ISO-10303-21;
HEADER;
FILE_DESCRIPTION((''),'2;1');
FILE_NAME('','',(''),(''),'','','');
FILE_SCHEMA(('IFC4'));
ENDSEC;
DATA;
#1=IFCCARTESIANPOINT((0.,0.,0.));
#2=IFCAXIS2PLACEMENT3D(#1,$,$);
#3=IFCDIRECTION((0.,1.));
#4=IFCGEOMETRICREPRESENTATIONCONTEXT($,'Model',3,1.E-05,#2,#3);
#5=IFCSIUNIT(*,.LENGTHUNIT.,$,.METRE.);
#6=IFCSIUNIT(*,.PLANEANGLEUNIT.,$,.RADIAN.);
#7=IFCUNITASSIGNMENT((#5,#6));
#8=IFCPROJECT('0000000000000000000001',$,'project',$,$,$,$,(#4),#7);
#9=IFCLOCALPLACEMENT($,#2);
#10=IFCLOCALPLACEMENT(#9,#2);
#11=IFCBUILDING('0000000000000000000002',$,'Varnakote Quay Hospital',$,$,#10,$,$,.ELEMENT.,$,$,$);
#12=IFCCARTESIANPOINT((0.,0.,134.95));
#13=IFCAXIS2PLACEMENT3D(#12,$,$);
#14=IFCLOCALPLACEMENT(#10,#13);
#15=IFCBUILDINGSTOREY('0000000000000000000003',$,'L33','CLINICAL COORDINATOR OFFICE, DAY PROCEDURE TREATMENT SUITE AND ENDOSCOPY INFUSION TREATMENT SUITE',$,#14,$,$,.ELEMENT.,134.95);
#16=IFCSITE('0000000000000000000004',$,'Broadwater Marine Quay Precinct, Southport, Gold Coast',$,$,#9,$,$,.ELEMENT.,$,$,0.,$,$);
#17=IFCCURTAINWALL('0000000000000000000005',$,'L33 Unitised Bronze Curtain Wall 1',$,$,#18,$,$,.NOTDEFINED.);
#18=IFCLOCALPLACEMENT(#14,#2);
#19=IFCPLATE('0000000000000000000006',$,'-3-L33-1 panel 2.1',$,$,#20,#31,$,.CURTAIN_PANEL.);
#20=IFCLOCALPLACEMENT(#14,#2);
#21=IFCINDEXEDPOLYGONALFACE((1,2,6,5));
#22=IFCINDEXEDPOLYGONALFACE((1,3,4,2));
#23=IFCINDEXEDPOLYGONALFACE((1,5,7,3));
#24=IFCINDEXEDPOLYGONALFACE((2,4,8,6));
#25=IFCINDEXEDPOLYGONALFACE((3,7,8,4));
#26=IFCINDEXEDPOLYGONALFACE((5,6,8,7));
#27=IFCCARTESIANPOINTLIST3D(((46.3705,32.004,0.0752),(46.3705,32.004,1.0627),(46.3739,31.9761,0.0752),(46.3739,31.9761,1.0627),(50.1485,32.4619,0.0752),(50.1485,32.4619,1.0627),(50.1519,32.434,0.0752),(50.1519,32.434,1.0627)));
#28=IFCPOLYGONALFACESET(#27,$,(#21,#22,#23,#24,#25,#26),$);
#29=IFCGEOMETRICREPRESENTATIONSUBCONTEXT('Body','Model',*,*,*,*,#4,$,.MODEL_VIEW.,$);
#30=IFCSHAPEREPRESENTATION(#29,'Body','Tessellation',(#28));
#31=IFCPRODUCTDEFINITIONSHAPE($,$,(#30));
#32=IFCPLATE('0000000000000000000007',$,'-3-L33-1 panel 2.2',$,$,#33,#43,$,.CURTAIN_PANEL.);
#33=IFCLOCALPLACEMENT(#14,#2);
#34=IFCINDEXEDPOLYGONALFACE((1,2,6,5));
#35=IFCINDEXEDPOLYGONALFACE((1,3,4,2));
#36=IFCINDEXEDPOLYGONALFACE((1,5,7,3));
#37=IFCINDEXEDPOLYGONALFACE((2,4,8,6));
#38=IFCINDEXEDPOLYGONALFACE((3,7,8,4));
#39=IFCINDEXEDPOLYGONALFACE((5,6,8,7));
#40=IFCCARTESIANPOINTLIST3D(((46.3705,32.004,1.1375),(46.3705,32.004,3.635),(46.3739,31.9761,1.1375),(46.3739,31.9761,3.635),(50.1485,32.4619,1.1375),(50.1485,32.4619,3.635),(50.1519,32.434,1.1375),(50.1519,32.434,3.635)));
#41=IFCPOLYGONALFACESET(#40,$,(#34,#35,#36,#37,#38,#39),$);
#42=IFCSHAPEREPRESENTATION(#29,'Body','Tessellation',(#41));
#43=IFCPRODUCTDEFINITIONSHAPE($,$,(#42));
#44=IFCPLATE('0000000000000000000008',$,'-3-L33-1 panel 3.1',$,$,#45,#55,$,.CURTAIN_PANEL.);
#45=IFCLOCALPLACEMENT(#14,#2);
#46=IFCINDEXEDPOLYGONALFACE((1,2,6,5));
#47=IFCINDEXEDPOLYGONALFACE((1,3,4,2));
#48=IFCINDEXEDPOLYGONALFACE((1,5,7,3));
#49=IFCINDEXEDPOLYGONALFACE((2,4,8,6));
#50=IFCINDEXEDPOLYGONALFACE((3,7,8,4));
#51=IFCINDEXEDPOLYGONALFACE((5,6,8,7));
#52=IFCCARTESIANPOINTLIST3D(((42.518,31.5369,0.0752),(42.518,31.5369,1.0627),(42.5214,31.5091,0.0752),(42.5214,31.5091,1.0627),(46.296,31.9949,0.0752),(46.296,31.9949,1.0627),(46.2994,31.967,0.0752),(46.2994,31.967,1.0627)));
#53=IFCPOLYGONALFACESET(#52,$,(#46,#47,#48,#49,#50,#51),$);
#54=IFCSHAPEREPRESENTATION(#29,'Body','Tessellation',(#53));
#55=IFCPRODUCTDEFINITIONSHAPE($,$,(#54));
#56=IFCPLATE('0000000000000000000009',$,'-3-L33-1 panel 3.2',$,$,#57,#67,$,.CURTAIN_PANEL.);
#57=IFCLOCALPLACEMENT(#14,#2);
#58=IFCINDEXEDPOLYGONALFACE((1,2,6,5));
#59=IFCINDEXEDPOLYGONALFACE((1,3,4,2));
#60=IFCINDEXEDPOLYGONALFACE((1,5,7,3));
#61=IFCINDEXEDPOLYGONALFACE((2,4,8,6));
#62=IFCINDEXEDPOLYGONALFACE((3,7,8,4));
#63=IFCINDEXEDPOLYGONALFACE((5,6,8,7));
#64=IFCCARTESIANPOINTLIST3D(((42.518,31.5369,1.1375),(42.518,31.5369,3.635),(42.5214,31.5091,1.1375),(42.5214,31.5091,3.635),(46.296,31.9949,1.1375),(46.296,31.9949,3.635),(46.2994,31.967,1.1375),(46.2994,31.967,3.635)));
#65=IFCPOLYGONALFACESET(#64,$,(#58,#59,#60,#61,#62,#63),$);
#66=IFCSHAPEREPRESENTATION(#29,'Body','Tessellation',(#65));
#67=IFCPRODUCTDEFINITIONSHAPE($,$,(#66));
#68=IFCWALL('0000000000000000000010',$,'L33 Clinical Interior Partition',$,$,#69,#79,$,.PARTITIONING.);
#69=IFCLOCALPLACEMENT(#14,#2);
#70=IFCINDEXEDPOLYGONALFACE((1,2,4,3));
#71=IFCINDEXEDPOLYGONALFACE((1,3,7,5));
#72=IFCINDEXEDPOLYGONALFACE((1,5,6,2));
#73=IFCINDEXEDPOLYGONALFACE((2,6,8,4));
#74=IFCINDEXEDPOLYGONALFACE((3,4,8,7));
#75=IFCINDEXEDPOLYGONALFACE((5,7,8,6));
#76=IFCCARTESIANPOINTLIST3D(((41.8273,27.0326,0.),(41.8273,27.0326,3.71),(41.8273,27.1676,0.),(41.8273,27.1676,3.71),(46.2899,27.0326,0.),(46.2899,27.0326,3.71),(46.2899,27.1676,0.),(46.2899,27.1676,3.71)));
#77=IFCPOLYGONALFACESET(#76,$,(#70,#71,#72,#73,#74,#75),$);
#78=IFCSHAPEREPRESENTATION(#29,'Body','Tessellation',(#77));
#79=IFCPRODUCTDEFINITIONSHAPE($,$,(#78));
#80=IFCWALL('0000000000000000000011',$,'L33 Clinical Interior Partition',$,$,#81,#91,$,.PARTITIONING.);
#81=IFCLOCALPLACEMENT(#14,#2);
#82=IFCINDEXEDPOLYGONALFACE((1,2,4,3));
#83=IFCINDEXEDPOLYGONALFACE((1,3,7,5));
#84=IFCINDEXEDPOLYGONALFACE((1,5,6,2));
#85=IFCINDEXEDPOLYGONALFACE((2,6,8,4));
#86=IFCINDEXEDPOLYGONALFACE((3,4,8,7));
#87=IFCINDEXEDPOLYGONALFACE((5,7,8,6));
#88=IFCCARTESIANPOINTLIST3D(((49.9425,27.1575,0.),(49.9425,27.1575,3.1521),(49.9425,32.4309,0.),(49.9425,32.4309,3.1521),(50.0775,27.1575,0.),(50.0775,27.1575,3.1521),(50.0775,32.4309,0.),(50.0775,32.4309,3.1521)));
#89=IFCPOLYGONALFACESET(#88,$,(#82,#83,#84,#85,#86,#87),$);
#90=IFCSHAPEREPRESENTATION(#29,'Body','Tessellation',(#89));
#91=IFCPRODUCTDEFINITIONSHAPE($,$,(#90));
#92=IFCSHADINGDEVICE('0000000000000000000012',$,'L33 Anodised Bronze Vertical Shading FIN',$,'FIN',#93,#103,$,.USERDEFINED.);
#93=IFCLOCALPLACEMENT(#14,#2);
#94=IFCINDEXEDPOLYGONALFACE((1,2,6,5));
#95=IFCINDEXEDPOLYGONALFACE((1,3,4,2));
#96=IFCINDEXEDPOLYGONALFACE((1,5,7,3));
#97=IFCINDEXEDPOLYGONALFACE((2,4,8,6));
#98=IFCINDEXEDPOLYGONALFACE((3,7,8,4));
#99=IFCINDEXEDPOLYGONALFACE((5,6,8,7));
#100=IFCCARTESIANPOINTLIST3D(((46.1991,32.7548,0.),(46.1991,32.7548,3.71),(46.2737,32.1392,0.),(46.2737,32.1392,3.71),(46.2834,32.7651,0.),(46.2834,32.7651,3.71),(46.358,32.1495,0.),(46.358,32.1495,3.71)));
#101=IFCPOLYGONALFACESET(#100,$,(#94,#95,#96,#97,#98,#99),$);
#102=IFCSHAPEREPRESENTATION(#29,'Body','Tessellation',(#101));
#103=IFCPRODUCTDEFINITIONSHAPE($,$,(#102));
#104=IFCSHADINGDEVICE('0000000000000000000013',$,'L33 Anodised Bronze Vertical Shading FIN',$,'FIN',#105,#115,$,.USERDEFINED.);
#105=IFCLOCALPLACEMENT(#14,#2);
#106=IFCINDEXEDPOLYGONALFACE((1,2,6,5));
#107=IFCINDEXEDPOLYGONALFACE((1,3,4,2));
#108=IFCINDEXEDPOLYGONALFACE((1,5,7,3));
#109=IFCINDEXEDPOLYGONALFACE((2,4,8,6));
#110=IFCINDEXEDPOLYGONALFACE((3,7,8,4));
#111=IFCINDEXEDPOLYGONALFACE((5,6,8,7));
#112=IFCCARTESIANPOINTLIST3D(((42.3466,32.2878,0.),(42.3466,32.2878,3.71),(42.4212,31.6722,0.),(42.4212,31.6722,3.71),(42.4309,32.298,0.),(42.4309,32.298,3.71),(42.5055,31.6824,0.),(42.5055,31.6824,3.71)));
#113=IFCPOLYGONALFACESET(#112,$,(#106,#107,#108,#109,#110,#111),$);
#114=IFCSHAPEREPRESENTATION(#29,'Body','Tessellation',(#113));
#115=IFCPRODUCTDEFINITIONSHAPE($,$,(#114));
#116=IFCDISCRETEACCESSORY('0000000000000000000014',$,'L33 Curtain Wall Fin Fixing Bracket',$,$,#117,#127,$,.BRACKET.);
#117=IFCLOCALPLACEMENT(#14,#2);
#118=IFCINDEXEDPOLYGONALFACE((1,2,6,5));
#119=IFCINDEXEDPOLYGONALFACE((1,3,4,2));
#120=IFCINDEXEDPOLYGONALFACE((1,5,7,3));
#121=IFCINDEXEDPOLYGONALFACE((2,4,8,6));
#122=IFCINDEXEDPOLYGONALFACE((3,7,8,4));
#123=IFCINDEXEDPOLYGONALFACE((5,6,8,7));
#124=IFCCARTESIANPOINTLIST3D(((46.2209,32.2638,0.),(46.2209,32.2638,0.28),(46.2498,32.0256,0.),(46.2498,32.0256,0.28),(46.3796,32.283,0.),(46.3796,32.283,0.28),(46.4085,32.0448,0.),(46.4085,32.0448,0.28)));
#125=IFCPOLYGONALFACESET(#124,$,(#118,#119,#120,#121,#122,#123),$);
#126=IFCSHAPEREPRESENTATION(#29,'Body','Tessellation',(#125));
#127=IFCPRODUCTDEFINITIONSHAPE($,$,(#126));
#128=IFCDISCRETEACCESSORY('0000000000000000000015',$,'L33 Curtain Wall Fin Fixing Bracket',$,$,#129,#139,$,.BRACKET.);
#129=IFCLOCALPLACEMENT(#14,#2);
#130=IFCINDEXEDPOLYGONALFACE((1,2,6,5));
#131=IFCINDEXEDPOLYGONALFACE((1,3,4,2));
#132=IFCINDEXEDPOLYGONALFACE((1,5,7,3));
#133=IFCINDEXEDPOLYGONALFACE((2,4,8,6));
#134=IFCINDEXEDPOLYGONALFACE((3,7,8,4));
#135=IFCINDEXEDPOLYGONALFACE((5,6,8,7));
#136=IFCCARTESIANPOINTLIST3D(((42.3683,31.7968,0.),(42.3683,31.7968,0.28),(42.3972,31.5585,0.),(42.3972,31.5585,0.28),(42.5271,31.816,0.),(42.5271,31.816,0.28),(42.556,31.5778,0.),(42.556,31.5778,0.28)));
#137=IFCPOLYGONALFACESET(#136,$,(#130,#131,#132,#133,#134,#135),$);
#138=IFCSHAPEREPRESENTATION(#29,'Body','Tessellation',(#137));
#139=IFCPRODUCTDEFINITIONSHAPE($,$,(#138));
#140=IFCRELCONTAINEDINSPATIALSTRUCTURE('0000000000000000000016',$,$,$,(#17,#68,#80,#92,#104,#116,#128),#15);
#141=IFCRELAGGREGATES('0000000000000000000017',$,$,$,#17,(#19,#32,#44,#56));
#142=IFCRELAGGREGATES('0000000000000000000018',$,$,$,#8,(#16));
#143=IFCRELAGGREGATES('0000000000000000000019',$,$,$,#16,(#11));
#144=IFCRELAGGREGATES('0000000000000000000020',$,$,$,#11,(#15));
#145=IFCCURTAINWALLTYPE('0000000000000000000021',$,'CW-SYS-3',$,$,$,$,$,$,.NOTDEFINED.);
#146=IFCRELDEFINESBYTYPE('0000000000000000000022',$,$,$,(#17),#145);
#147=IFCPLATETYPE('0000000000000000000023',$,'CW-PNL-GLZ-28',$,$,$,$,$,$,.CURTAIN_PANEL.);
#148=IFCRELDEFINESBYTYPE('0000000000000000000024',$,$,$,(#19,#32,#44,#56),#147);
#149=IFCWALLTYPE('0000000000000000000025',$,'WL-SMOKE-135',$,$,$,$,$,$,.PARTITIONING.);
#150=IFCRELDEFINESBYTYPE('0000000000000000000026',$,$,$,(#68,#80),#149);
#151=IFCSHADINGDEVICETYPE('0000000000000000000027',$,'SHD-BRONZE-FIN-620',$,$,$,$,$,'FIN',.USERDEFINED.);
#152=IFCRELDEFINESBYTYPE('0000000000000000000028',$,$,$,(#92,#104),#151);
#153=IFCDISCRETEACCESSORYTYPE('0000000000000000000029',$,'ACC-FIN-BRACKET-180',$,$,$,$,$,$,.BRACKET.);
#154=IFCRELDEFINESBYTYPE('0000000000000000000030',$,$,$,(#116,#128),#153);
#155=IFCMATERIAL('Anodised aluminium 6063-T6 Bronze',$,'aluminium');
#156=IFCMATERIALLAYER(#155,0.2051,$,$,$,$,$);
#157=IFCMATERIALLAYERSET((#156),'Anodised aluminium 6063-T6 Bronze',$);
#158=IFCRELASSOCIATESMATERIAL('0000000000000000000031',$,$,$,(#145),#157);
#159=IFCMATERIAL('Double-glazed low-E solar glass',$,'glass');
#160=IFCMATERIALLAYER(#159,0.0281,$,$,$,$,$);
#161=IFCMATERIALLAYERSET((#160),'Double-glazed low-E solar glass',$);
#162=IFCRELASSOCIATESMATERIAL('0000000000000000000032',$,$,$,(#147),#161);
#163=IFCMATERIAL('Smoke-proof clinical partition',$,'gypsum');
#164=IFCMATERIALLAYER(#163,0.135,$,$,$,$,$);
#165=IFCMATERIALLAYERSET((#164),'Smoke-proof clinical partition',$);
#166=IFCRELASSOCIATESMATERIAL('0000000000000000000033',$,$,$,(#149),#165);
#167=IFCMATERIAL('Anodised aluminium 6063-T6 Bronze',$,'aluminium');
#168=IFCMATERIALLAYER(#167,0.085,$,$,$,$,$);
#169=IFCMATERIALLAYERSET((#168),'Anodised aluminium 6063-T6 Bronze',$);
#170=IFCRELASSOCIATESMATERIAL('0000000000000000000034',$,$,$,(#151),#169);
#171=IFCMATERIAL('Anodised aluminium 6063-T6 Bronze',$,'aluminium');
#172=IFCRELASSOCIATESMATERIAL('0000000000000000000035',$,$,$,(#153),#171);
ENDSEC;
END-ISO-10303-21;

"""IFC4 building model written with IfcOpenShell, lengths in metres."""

from ifc_helpers import new_model, si_unit, direction, frame, frame_2d, origin, origin_2d, place, context, subcontext, project, spatial, rectangle, extrude, material, layer, layer_set, type_object, element, aggregate, save


model = new_model("IFC4")

# Units and contexts
model_context = context("Model", 3, precision=1e-05, world=origin(), true_north=direction((0.0, 1.0)))
body_context = subcontext(model_context, "Body", "Model", "MODEL_VIEW")
ifc_project = project(units=[si_unit("LENGTHUNIT", "METRE"), si_unit("PLANEANGLEUNIT", "RADIAN")], contexts=[model_context])

# Site, building, storey
site_placement = place(None, origin())
site = spatial("IfcSite", under=ifc_project, at=site_placement, Name="Broadwater Marine Quay Precinct, Southport, Gold Coast", CompositionType="ELEMENT", RefElevation=0.0)
building_placement = place(site_placement, origin())
building = spatial("IfcBuilding", under=site, at=building_placement, Name="Varnakote Quay Hospital", CompositionType="ELEMENT")
storey_placement = place(building_placement, frame((0.0, 0.0, 134.95)))
storey = spatial("IfcBuildingStorey", under=building, at=storey_placement, Name="L33", Description="CLINICAL COORDINATOR OFFICE, DAY PROCEDURE TREATMENT SUITE AND ENDOSCOPY INFUSION TREATMENT SUITE", CompositionType="ELEMENT", Elevation=134.95)

# Curtain wall
ifc_material_1 = material(Name="Anodised aluminium 6063-T6 Bronze", Category="aluminium")
ifc_layer_1 = layer(ifc_material_1, 0.2051)
ifc_layer_set_1 = layer_set([ifc_layer_1], Name="Anodised aluminium 6063-T6 Bronze")
curtain_wall_type = type_object("IfcCurtainWallType", Name="CW-SYS-3", PredefinedType="NOTDEFINED", material=ifc_layer_set_1)
curtain_wall_placement = place(storey_placement, origin())
curtain_wall = element("IfcCurtainWall", 1, at=curtain_wall_placement, inside=storey, type_object=curtain_wall_type, Name="L33 Unitised Bronze Curtain Wall 1", PredefinedType="NOTDEFINED")

# Plates
ifc_material_2 = material(Name="Double-glazed low-E solar glass", Category="glass")
ifc_layer_2 = layer(ifc_material_2, 0.0281)
ifc_layer_set_2 = layer_set([ifc_layer_2], Name="Double-glazed low-E solar glass")
plate_type = type_object("IfcPlateType", Name="CW-PNL-GLZ-28", PredefinedType="CURTAIN_PANEL", material=ifc_layer_set_2)
plate_1_placement = place(storey_placement, frame((48.2612, 32.219, 0.0752), z_axis=(0.0, 0.0, 1.0), x_axis=(-0.992734, -0.120327, 0.0)))
plate_1 = element("IfcPlate", 2, at=plate_1_placement, type_object=plate_type, Name="-3-L33-1 panel 2.1", PredefinedType="CURTAIN_PANEL", context=body_context, shape_type="SweptSolid", body=[
    extrude(rectangle(XDim=3.8057, YDim=0.0281, at=origin_2d()), origin(), (0.0, 0.0, 1.0), 0.9875),
])
plate_2_placement = place(storey_placement, frame((48.2612, 32.219, 1.1375), z_axis=(0.0, 0.0, 1.0), x_axis=(-0.992734, -0.120327, 0.0)))
plate_2 = element("IfcPlate", 3, at=plate_2_placement, type_object=plate_type, Name="-3-L33-1 panel 2.2", PredefinedType="CURTAIN_PANEL", context=body_context, shape_type="SweptSolid", body=[
    extrude(rectangle(XDim=3.8057, YDim=0.0281, at=origin_2d()), origin(), (0.0, 0.0, 1.0), 2.4976),
])
plate_3_placement = place(storey_placement, frame((44.4087, 31.752, 0.0752), z_axis=(0.0, 0.0, 1.0), x_axis=(-0.992734, -0.120327, 0.0)))
plate_3 = element("IfcPlate", 4, at=plate_3_placement, type_object=plate_type, Name="-3-L33-1 panel 3.1", PredefinedType="CURTAIN_PANEL", context=body_context, shape_type="SweptSolid", body=[
    extrude(rectangle(XDim=3.8057, YDim=0.0281, at=origin_2d()), origin(), (0.0, 0.0, 1.0), 0.9875),
])
plate_4_placement = place(storey_placement, frame((44.4087, 31.752, 1.1375), z_axis=(0.0, 0.0, 1.0), x_axis=(-0.992734, -0.120327, 0.0)))
plate_4 = element("IfcPlate", 5, at=plate_4_placement, type_object=plate_type, Name="-3-L33-1 panel 3.2", PredefinedType="CURTAIN_PANEL", context=body_context, shape_type="SweptSolid", body=[
    extrude(rectangle(XDim=3.8057, YDim=0.0281, at=origin_2d()), origin(), (0.0, 0.0, 1.0), 2.4976),
])
aggregate(curtain_wall, [plate_1, plate_2, plate_3, plate_4])

# Walls
ifc_material_3 = material(Name="Smoke-proof clinical partition", Category="gypsum")
ifc_layer_3 = layer(ifc_material_3, 0.135)
ifc_layer_set_3 = layer_set([ifc_layer_3], Name="Smoke-proof clinical partition")
wall_type = type_object("IfcWallType", Name="WL-SMOKE-135", PredefinedType="PARTITIONING", material=ifc_layer_set_3)
wall_1_placement = place(storey_placement, frame((46.29, 27.1001, 0.0), z_axis=(0.0, 0.0, 1.0), x_axis=(-1.0, 0.0, 0.0)))
element("IfcWall", 6, at=wall_1_placement, inside=storey, type_object=wall_type, Name="L33 Clinical Interior Partition", PredefinedType="PARTITIONING", context=body_context, shape_type="SweptSolid", body=[
    extrude(rectangle(XDim=4.4626, YDim=0.135, at=frame_2d((2.2314, 0.0))), origin(), (0.0, 0.0, 1.0), 3.71),
])
wall_2_placement = place(storey_placement, frame((50.01, 27.1575, 0.0), z_axis=(0.0, 0.0, 1.0), x_axis=(0.0, 1.0, 0.0)))
element("IfcWall", 7, at=wall_2_placement, inside=storey, type_object=wall_type, Name="L33 Clinical Interior Partition", PredefinedType="PARTITIONING", context=body_context, shape_type="SweptSolid", body=[
    extrude(rectangle(XDim=5.2734, YDim=0.135, at=frame_2d((2.6367, 0.0))), origin(), (0.0, 0.0, 1.0), 3.1521),
])

# Shading devices
ifc_material_4 = material(Name="Anodised aluminium 6063-T6 Bronze", Category="aluminium")
ifc_layer_4 = layer(ifc_material_4, 0.085)
ifc_layer_set_4 = layer_set([ifc_layer_4], Name="Anodised aluminium 6063-T6 Bronze")
shading_device_type = type_object("IfcShadingDeviceType", Name="SHD-BRONZE-FIN-620", ElementType="FIN", PredefinedType="USERDEFINED", material=ifc_layer_set_4)
for number, where, z_axis, x_axis, name in (
    (8, (46.2786, 32.4521, 0.0), (0.0, 0.0, 1.0), (0.12031, -0.992736, 0.0), "L33 Anodised Bronze Vertical Shading FIN"),
    (9, (42.426, 31.9851, 0.0), (0.0, 0.0, 1.0), (0.12031, -0.992736, 0.0), "L33 Anodised Bronze Vertical Shading FIN"),
):
    element("IfcShadingDevice", number, at=place(storey_placement, frame(where, z_axis=z_axis, x_axis=x_axis)), inside=storey, type_object=shading_device_type, Name=name, ObjectType="FIN", PredefinedType="USERDEFINED", context=body_context, shape_type="SweptSolid", body=[
        extrude(rectangle(XDim=0.6201, YDim=0.085, at=origin_2d()), origin(), (0.0, 0.0, 1.0), 3.71),
    ])

# Discrete accessories
ifc_material_5 = material(Name="Anodised aluminium 6063-T6 Bronze", Category="aluminium")
discrete_accessory_type = type_object("IfcDiscreteAccessoryType", Name="ACC-FIN-BRACKET-180", PredefinedType="BRACKET", material=ifc_material_5)
for number, where, z_axis, x_axis, name in (
    (10, (46.3147, 32.1543, 0.0), (0.0, 0.0, 1.0), (-0.992736, -0.12031, 0.0), "L33 Curtain Wall Fin Fixing Bracket"),
    (11, (42.4622, 31.6873, 0.0), (0.0, 0.0, 1.0), (-0.992736, -0.12031, 0.0), "L33 Curtain Wall Fin Fixing Bracket"),
):
    element("IfcDiscreteAccessory", number, at=place(storey_placement, frame(where, z_axis=z_axis, x_axis=x_axis)), inside=storey, type_object=discrete_accessory_type, Name=name, PredefinedType="BRACKET", context=body_context, shape_type="SweptSolid", body=[
        extrude(rectangle(XDim=0.1599, YDim=0.24, at=origin_2d()), origin(), (0.0, 0.0, 1.0), 0.28),
    ])

save(model, "model.ifc")
